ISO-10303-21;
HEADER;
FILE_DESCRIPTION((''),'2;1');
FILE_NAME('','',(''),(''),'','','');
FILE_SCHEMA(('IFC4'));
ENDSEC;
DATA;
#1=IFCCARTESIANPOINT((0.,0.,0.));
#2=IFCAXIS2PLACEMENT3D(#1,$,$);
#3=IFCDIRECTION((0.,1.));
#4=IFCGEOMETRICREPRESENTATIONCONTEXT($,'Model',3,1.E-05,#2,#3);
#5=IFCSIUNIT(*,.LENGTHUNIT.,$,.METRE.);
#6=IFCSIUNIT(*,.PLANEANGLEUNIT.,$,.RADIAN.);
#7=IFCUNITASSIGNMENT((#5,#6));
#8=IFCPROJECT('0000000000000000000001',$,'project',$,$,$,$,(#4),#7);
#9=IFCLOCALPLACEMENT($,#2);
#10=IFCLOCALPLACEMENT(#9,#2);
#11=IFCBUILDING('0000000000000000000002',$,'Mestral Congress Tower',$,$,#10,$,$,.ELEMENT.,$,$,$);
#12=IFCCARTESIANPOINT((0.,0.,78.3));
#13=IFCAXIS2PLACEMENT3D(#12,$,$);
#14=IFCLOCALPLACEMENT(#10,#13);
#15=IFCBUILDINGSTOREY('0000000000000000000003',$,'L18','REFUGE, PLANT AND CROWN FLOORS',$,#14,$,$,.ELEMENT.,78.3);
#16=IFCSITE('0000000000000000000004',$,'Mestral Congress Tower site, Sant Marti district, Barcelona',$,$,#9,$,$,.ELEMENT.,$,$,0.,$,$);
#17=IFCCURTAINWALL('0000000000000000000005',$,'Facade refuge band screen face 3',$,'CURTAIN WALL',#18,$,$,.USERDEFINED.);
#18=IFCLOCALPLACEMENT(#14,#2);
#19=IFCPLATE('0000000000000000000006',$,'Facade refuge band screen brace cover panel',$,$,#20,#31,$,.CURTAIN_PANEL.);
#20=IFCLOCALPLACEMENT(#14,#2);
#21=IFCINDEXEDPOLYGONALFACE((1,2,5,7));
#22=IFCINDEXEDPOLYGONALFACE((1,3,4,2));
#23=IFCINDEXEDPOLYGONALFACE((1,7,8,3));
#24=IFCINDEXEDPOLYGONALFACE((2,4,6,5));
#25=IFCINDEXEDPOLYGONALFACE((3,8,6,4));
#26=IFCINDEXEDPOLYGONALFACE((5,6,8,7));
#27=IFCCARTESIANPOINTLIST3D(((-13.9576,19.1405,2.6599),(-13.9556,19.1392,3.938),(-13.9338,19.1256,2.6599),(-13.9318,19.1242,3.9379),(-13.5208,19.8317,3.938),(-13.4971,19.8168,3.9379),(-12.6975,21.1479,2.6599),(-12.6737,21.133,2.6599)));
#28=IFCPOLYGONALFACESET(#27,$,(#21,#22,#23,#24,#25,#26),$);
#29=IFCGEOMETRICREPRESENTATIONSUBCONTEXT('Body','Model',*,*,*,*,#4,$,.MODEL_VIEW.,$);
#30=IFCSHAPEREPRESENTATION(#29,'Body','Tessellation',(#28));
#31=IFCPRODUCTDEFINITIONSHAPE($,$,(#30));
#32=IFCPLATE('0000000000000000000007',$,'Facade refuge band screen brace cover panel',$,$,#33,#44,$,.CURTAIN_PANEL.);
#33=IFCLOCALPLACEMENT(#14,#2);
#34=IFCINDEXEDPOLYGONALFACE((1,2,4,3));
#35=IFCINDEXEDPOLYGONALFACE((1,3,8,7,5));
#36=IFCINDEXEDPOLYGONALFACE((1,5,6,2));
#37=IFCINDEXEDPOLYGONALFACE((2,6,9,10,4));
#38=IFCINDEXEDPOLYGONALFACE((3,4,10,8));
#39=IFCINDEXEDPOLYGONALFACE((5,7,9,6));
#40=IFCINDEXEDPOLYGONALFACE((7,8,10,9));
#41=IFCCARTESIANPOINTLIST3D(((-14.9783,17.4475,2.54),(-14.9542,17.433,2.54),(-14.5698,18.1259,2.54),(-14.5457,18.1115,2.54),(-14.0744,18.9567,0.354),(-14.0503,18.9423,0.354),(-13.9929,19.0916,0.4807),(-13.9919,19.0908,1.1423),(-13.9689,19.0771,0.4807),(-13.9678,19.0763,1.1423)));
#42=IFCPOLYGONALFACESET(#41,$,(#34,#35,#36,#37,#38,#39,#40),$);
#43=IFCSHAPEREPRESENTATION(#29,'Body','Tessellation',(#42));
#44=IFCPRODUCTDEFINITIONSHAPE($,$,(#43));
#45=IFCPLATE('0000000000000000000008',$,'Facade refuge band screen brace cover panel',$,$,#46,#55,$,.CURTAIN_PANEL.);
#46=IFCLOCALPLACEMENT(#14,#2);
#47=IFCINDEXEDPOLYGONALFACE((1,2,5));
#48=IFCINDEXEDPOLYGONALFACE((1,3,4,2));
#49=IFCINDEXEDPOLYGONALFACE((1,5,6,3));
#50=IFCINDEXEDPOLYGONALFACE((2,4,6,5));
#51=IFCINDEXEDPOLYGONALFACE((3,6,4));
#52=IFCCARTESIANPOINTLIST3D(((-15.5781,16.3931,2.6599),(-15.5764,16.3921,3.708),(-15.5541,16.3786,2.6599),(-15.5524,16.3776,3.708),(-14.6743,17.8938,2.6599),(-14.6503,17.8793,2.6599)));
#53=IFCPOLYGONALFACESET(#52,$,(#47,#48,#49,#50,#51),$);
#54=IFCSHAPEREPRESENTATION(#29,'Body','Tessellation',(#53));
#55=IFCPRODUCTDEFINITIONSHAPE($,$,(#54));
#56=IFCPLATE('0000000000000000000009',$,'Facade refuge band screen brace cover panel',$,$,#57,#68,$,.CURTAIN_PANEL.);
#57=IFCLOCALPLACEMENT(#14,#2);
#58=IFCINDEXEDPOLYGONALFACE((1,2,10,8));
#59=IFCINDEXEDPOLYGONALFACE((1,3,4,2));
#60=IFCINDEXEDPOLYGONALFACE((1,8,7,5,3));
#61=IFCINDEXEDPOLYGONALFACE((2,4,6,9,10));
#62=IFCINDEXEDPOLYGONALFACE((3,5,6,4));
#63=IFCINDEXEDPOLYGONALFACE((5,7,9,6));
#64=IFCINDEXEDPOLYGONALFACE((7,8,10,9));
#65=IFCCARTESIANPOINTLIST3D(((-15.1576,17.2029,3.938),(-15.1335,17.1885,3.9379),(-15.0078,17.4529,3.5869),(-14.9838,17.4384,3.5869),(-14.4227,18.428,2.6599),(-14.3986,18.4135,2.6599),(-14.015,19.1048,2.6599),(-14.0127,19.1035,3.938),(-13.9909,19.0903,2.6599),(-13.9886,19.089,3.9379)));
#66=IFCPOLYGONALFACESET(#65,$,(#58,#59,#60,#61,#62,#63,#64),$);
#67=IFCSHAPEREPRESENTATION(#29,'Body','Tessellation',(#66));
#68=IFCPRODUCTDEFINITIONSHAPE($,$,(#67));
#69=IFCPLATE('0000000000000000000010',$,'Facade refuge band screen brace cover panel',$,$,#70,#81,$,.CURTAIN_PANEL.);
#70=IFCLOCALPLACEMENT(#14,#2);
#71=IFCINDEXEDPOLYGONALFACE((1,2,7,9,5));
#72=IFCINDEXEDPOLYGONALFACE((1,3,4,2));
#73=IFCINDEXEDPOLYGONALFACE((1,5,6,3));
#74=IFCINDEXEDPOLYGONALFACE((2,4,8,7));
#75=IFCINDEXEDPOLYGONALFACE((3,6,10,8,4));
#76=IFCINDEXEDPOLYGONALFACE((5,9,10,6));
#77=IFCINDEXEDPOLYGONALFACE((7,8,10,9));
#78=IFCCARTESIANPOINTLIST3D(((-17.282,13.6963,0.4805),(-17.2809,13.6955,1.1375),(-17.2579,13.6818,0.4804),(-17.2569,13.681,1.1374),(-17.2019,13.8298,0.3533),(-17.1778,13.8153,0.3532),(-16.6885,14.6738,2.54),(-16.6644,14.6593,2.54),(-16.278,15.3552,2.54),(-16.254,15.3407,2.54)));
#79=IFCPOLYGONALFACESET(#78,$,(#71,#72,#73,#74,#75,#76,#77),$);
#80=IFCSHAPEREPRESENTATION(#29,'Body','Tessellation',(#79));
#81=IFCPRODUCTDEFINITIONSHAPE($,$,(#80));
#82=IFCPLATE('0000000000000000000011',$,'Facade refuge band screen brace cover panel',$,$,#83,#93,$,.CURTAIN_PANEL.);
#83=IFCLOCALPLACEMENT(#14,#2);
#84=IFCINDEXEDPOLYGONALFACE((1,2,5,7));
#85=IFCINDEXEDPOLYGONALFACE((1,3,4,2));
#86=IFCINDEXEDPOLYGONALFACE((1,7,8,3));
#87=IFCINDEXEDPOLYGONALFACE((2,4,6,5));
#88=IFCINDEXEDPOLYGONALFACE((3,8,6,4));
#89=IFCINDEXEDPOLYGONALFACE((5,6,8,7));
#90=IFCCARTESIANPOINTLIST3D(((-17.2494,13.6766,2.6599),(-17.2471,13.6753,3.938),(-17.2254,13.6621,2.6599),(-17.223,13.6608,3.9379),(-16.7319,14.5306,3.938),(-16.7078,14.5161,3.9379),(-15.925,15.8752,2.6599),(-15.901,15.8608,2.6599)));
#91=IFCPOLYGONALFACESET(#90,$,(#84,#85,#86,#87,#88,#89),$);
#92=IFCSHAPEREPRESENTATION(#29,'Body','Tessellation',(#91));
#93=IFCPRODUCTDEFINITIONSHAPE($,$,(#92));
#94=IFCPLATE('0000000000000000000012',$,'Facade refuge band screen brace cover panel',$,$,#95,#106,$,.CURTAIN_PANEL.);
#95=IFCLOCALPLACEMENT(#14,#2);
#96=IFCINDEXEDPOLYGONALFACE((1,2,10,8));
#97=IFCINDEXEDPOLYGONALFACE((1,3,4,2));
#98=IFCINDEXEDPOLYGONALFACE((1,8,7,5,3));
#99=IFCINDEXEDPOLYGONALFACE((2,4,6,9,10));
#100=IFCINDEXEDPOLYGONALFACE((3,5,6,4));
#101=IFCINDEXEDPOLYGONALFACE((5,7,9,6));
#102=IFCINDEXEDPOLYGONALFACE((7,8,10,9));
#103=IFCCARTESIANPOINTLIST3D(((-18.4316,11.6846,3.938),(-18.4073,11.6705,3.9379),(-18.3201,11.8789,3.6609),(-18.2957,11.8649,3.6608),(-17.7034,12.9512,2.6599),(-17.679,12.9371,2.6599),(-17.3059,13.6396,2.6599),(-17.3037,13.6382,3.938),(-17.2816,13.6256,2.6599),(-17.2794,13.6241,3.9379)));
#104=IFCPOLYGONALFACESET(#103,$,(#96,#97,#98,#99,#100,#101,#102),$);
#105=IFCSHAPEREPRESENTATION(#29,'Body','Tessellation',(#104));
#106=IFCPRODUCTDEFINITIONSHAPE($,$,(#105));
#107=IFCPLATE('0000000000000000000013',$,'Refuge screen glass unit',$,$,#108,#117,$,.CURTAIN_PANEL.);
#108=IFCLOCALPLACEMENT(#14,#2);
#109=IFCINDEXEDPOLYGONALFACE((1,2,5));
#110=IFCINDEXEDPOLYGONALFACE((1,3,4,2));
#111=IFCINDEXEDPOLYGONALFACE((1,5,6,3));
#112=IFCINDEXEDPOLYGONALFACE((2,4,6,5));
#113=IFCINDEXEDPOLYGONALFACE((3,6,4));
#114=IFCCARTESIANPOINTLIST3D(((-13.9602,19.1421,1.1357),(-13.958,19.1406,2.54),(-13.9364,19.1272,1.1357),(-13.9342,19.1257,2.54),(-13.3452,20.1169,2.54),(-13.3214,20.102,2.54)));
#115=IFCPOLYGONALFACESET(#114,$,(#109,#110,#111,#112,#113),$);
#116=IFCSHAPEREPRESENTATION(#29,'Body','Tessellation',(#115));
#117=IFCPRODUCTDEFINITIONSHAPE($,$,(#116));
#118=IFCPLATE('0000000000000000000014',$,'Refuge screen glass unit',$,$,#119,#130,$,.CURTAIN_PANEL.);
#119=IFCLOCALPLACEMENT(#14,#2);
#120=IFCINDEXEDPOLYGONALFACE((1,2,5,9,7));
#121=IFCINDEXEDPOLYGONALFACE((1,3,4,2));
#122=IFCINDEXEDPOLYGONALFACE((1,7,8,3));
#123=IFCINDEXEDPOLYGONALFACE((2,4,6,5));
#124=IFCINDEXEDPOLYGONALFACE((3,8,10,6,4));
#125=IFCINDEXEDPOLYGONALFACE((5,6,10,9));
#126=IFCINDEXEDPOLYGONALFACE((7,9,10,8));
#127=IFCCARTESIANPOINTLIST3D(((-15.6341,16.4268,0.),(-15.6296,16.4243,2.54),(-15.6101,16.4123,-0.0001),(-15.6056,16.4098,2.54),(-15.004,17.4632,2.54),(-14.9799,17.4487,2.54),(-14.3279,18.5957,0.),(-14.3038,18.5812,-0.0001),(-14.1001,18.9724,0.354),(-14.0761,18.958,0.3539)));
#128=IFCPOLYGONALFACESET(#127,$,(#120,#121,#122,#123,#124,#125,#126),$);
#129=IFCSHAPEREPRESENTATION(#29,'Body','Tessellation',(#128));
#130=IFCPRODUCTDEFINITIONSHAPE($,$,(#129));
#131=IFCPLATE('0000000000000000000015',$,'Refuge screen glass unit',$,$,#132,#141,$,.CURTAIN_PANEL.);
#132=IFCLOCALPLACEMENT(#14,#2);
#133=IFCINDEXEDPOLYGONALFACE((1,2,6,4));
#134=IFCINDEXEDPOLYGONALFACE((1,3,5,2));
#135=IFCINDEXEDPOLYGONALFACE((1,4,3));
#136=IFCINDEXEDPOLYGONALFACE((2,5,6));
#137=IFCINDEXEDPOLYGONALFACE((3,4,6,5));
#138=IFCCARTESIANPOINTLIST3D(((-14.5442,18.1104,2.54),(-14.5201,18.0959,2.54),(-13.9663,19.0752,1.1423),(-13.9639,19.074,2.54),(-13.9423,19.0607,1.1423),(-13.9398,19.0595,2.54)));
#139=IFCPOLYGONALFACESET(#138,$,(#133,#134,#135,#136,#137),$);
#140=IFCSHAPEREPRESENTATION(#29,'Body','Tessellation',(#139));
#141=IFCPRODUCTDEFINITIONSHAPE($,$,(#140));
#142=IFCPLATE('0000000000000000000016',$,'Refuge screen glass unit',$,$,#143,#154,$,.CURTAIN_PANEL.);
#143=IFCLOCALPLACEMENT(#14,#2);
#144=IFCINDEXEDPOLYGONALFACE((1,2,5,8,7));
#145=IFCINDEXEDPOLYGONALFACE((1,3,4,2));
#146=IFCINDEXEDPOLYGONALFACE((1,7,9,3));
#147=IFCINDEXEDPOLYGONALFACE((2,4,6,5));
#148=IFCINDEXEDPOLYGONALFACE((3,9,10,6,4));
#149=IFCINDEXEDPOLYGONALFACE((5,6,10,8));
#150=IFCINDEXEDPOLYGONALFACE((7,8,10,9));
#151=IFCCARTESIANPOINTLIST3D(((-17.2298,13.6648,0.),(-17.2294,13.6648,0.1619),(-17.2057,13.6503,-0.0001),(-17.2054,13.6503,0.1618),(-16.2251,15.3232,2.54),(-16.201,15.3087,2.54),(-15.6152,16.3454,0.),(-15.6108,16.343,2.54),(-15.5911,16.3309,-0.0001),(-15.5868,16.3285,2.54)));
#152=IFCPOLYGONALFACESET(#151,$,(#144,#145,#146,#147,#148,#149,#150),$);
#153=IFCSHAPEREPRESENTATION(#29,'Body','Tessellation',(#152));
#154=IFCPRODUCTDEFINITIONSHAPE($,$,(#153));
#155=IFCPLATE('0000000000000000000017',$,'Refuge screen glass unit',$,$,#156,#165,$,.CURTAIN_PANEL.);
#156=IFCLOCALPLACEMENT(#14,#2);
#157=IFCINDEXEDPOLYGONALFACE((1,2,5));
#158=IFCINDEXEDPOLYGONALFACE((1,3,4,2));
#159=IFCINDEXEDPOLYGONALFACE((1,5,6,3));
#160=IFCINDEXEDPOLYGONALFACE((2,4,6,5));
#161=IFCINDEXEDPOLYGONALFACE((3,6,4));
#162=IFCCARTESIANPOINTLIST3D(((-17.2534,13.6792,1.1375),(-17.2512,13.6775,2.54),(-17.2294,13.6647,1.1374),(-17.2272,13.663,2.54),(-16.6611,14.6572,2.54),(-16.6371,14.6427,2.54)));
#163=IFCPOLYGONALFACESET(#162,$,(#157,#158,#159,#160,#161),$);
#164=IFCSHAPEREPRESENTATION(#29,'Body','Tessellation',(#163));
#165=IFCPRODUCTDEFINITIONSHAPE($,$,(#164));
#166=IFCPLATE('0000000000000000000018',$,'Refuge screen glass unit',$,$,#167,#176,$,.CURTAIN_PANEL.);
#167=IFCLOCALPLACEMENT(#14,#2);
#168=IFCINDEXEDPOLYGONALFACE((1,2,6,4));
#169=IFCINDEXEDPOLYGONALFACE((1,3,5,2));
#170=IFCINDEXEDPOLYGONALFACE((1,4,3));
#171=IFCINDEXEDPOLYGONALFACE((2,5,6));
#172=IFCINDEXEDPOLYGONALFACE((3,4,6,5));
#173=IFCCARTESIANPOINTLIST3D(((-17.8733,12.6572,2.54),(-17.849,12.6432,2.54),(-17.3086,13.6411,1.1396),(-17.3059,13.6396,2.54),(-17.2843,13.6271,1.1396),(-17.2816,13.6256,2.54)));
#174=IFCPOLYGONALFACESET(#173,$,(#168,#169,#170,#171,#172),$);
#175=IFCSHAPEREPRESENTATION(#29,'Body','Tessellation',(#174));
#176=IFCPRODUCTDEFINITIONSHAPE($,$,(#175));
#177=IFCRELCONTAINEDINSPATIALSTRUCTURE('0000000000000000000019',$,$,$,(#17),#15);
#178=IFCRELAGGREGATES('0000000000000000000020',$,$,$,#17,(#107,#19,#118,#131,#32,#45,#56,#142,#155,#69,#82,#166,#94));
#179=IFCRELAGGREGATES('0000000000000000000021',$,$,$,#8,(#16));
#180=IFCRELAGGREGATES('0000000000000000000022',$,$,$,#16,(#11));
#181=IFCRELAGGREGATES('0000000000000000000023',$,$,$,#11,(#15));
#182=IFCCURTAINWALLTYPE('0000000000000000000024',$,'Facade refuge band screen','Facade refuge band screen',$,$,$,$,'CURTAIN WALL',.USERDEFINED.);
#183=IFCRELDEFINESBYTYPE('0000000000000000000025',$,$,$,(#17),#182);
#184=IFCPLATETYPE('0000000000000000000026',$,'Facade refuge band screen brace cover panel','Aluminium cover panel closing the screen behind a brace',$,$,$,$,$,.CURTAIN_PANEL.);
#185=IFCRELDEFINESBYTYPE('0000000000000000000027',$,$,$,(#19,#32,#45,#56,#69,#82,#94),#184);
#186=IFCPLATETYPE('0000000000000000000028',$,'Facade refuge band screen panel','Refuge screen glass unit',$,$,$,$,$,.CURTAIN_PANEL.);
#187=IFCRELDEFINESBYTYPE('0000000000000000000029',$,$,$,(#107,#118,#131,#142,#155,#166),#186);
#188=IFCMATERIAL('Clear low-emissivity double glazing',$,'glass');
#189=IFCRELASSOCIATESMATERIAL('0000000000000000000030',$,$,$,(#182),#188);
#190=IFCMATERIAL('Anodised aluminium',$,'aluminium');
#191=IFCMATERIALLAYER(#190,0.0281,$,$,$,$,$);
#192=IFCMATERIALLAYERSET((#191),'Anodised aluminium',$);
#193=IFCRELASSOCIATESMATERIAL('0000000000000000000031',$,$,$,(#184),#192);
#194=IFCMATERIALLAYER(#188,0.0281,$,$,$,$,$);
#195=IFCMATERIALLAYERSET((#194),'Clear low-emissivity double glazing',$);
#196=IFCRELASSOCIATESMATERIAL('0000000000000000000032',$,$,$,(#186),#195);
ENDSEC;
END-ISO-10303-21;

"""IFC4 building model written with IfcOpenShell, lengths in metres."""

from ifc_helpers import new_model, si_unit, direction, frame, origin, place, context, subcontext, project, spatial, polyline, outline, extrude, material, layer, layer_set, type_object, element, aggregate, save


model = new_model("IFC4")

# Units and contexts
model_context = context("Model", 3, precision=1e-05, world=origin(), true_north=direction((0.0, 1.0)))
body_context = subcontext(model_context, "Body", "Model", "MODEL_VIEW")
ifc_project = project(units=[si_unit("LENGTHUNIT", "METRE"), si_unit("PLANEANGLEUNIT", "RADIAN")], contexts=[model_context])

# Site, building, storey
site_placement = place(None, origin())
site = spatial("IfcSite", under=ifc_project, at=site_placement, Name="Mestral Congress Tower site, Sant Marti district, Barcelona", CompositionType="ELEMENT", RefElevation=0.0)
building_placement = place(site_placement, origin())
building = spatial("IfcBuilding", under=site, at=building_placement, Name="Mestral Congress Tower", CompositionType="ELEMENT")
storey_placement = place(building_placement, frame((0.0, 0.0, 78.3)))
storey = spatial("IfcBuildingStorey", under=building, at=storey_placement, Name="L18", Description="REFUGE, PLANT AND CROWN FLOORS", CompositionType="ELEMENT", Elevation=78.3)

# Curtain wall
ifc_material_1 = material(Name="Clear low-emissivity double glazing", Category="glass")
curtain_wall_type = type_object("IfcCurtainWallType", Name="Facade refuge band screen", Description="Facade refuge band screen", ElementType="CURTAIN WALL", PredefinedType="USERDEFINED", material=ifc_material_1)
curtain_wall_placement = place(storey_placement, origin())
curtain_wall = element("IfcCurtainWall", 1, at=curtain_wall_placement, inside=storey, type_object=curtain_wall_type, Name="Facade refuge band screen face 3", ObjectType="CURTAIN WALL", PredefinedType="USERDEFINED")
ifc_material_2 = material(Name="Anodised aluminium", Category="aluminium")

# Plates
ifc_layer_1 = layer(ifc_material_2, 0.0281)
ifc_layer_set_1 = layer_set([ifc_layer_1], Name="Anodised aluminium")
plate_type_1 = type_object("IfcPlateType", Name="Facade refuge band screen brace cover panel", Description="Aluminium cover panel closing the screen behind a brace", PredefinedType="CURTAIN_PANEL", material=ifc_layer_set_1)
plate_1_placement = place(storey_placement, frame((-13.9556, 19.1392, 3.938), z_axis=(-0.846958, 0.531656, 0.001927), x_axis=(-0.001602, 0.001073, -0.999998)))
plate_1 = element("IfcPlate", 2, at=plate_1_placement, type_object=plate_type_1, Name="Facade refuge band screen brace cover panel", PredefinedType="CURTAIN_PANEL", context=body_context, shape_type="SweptSolid", body=[
    extrude(outline(polyline([(0.0, 0.0), (1.2781, 0.0), (1.2782, -2.3701), (0.0, -0.8177), (0.0, 0.0)])), origin(), (0.0, 0.0, -1.0), 0.0281),
])
plate_2_placement = place(storey_placement, frame((-14.9783, 17.4475, 2.54), z_axis=(-0.856682, 0.515841, 0.001907), x_axis=(0.322131, 0.53786, -0.779062)))
plate_2 = element("IfcPlate", 3, at=plate_2_placement, type_object=plate_type_1, Name="Facade refuge band screen brace cover panel", PredefinedType="CURTAIN_PANEL", context=body_context, shape_type="SweptSolid", body=[
    extrude(outline(polyline([(0.0, 0.0), (2.806, 0.0), (2.806, -0.2022), (2.2905, -0.6169), (0.4965, -0.617), (0.0, 0.0)])), origin(), (0.0, 0.0, -1.0), 0.0281),
])
plate_3_placement = place(storey_placement, frame((-15.5781, 16.3931, 2.6599), z_axis=(-0.856642, 0.515908, 0.001878), x_axis=(0.515909, 0.856643, 0.0)))
plate_3 = element("IfcPlate", 4, at=plate_3_placement, type_object=plate_type_1, Name="Facade refuge band screen brace cover panel", PredefinedType="CURTAIN_PANEL", context=body_context, shape_type="SweptSolid", body=[
    extrude(outline(polyline([(0.0, 0.0), (1.7519, 0.0), (0.0, -1.0481), (0.0, 0.0)])), origin(), (0.0, 0.0, -1.0), 0.0281),
])
plate_4_placement = place(storey_placement, frame((-14.0127, 19.1035, 3.938), z_axis=(-0.85659, 0.515994, 0.00204), x_axis=(-0.515995, -0.856592, 0.0)))
plate_4 = element("IfcPlate", 5, at=plate_4_placement, type_object=plate_type_1, Name="Facade refuge band screen brace cover panel", PredefinedType="CURTAIN_PANEL", context=body_context, shape_type="SweptSolid", body=[
    extrude(outline(polyline([(0.0, 0.0), (2.2188, 0.0), (1.9274, -0.3511), (0.7902, -1.2781), (0.0001, -1.2781), (0.0, 0.0)])), origin(), (0.0, 0.0, -1.0), 0.0281),
])
plate_5_placement = place(storey_placement, frame((-17.282, 13.6963, 0.4805), z_axis=(-0.856613, 0.515955, 0.001975), x_axis=(0.398514, 0.664055, -0.632628)))
plate_5 = element("IfcPlate", 6, at=plate_5_placement, type_object=plate_type_1, Name="Facade refuge band screen brace cover panel", PredefinedType="CURTAIN_PANEL", context=body_context, shape_type="SweptSolid", body=[
    extrude(outline(polyline([(0.0, 0.0), (0.2011, 0.0), (0.1988, -2.8217), (-0.4173, -2.3185), (-0.4157, -0.5087), (0.0, 0.0)])), origin(), (0.0, 0.0, -1.0), 0.0281),
])
plate_6_placement = place(storey_placement, frame((-17.2471, 13.6753, 3.938), z_axis=(-0.856595, 0.515984, 0.002115), x_axis=(-0.001847, 0.001032, -0.999998)))
plate_6 = element("IfcPlate", 7, at=plate_6_placement, type_object=plate_type_1, Name="Facade refuge band screen brace cover panel", PredefinedType="CURTAIN_PANEL", context=body_context, shape_type="SweptSolid", body=[
    extrude(outline(polyline([(0.0, 0.0), (1.2781, 0.0), (1.2779, -2.5667), (-0.0001, -0.9985), (0.0, 0.0)])), origin(), (0.0, 0.0, -1.0), 0.0281),
])
plate_7_placement = place(storey_placement, frame((-17.3037, 13.6382, 3.938), z_axis=(-0.86603, 0.499989, 0.002037), x_axis=(-0.49999, -0.866031, 0.0)))
plate_7 = element("IfcPlate", 8, at=plate_7_placement, type_object=plate_type_1, Name="Facade refuge band screen brace cover panel", PredefinedType="CURTAIN_PANEL", context=body_context, shape_type="SweptSolid", body=[
    extrude(outline(polyline([(0.0, 0.0), (2.2558, 0.0), (2.0318, -0.2771), (0.7948, -1.2781), (-0.0002, -1.2781), (0.0, 0.0)])), origin(), (0.0, 0.0, -1.0), 0.0281),
])
ifc_layer_2 = layer(ifc_material_1, 0.0281)
ifc_layer_set_2 = layer_set([ifc_layer_2], Name="Clear low-emissivity double glazing")
plate_type_2 = type_object("IfcPlateType", Name="Facade refuge band screen panel", Description="Refuge screen glass unit", PredefinedType="CURTAIN_PANEL", material=ifc_layer_set_2)
plate_8_placement = place(storey_placement, frame((-13.958, 19.1406, 2.54), z_axis=(-0.846984, 0.531615, 0.00188), x_axis=(-0.001565, 0.001043, -0.999998)))
plate_8 = element("IfcPlate", 9, at=plate_8_placement, type_object=plate_type_2, Name="Refuge screen glass unit", PredefinedType="CURTAIN_PANEL", context=body_context, shape_type="SweptSolid", body=[
    extrude(outline(polyline([(0.0, 0.0), (1.4043, 0.0), (0.0001, -1.1527), (0.0, 0.0)])), origin(), (0.0, 0.0, -1.0), 0.0281),
])
plate_9_placement = place(storey_placement, frame((-15.6296, 16.4243, 2.54), z_axis=(-0.856632, 0.515924, 0.002023), x_axis=(-0.001769, 0.000985, -0.999998)))
plate_9 = element("IfcPlate", 10, at=plate_9_placement, type_object=plate_type_2, Name="Refuge screen glass unit", PredefinedType="CURTAIN_PANEL", context=body_context, shape_type="SweptSolid", body=[
    extrude(outline(polyline([(0.0, 0.0), (2.54, 0.0), (2.5399, -2.5319), (2.1858, -2.9721), (-0.0001, -1.2127), (0.0, 0.0)])), origin(), (0.0, 0.0, -1.0), 0.0281),
])
plate_10_placement = place(storey_placement, frame((-13.9639, 19.074, 2.54), z_axis=(-0.856648, 0.515898, 0.001947), x_axis=(-0.515899, -0.856649, 0.0)))
plate_10 = element("IfcPlate", 11, at=plate_10_placement, type_object=plate_type_2, Name="Refuge screen glass unit", PredefinedType="CURTAIN_PANEL", context=body_context, shape_type="SweptSolid", body=[
    extrude(outline(polyline([(0.0, 0.0), (1.1249, 0.0), (0.0002, -1.3977), (0.0, 0.0)])), origin(), (0.0, 0.0, -1.0), 0.0281),
])
plate_11_placement = place(storey_placement, frame((-15.6108, 16.343, 2.54), z_axis=(-0.85661, 0.515961, 0.001942), x_axis=(-0.515962, -0.856612, 0.0)))
plate_11 = element("IfcPlate", 12, at=plate_11_placement, type_object=plate_type_2, Name="Refuge screen glass unit", PredefinedType="CURTAIN_PANEL", context=body_context, shape_type="SweptSolid", body=[
    extrude(outline(polyline([(0.0, 0.0), (1.1905, 0.0), (3.1294, -2.3782), (3.1295, -2.54), (0.0002, -2.54), (0.0, 0.0)])), origin(), (0.0, 0.0, -1.0), 0.0281),
])
plate_12_placement = place(storey_placement, frame((-17.2512, 13.6775, 2.54), z_axis=(-0.856624, 0.515938, 0.001971), x_axis=(-0.001567, 0.001218, -0.999998)))
plate_12 = element("IfcPlate", 13, at=plate_12_placement, type_object=plate_type_2, Name="Refuge screen glass unit", PredefinedType="CURTAIN_PANEL", context=body_context, shape_type="SweptSolid", body=[
    extrude(outline(polyline([(0.0, 0.0), (1.4026, 0.0), (0.0003, -1.1437), (0.0, 0.0)])), origin(), (0.0, 0.0, -1.0), 0.0281),
])
plate_13_placement = place(storey_placement, frame((-17.3059, 13.6396, 2.54), z_axis=(-0.865954, 0.500119, 0.002184), x_axis=(-0.50012, -0.865956, 0.0)))
plate_13 = element("IfcPlate", 14, at=plate_13_placement, type_object=plate_type_2, Name="Refuge screen glass unit", PredefinedType="CURTAIN_PANEL", context=body_context, shape_type="SweptSolid", body=[
    extrude(outline(polyline([(0.0, 0.0), (1.1345, 0.0), (0.0001, -1.4004), (0.0, 0.0)])), origin(), (0.0, 0.0, -1.0), 0.0281),
])
aggregate(curtain_wall, [plate_8, plate_1, plate_9, plate_10, plate_2, plate_3, plate_4, plate_11, plate_12, plate_5, plate_6, plate_13, plate_7])

save(model, "model.ifc")
